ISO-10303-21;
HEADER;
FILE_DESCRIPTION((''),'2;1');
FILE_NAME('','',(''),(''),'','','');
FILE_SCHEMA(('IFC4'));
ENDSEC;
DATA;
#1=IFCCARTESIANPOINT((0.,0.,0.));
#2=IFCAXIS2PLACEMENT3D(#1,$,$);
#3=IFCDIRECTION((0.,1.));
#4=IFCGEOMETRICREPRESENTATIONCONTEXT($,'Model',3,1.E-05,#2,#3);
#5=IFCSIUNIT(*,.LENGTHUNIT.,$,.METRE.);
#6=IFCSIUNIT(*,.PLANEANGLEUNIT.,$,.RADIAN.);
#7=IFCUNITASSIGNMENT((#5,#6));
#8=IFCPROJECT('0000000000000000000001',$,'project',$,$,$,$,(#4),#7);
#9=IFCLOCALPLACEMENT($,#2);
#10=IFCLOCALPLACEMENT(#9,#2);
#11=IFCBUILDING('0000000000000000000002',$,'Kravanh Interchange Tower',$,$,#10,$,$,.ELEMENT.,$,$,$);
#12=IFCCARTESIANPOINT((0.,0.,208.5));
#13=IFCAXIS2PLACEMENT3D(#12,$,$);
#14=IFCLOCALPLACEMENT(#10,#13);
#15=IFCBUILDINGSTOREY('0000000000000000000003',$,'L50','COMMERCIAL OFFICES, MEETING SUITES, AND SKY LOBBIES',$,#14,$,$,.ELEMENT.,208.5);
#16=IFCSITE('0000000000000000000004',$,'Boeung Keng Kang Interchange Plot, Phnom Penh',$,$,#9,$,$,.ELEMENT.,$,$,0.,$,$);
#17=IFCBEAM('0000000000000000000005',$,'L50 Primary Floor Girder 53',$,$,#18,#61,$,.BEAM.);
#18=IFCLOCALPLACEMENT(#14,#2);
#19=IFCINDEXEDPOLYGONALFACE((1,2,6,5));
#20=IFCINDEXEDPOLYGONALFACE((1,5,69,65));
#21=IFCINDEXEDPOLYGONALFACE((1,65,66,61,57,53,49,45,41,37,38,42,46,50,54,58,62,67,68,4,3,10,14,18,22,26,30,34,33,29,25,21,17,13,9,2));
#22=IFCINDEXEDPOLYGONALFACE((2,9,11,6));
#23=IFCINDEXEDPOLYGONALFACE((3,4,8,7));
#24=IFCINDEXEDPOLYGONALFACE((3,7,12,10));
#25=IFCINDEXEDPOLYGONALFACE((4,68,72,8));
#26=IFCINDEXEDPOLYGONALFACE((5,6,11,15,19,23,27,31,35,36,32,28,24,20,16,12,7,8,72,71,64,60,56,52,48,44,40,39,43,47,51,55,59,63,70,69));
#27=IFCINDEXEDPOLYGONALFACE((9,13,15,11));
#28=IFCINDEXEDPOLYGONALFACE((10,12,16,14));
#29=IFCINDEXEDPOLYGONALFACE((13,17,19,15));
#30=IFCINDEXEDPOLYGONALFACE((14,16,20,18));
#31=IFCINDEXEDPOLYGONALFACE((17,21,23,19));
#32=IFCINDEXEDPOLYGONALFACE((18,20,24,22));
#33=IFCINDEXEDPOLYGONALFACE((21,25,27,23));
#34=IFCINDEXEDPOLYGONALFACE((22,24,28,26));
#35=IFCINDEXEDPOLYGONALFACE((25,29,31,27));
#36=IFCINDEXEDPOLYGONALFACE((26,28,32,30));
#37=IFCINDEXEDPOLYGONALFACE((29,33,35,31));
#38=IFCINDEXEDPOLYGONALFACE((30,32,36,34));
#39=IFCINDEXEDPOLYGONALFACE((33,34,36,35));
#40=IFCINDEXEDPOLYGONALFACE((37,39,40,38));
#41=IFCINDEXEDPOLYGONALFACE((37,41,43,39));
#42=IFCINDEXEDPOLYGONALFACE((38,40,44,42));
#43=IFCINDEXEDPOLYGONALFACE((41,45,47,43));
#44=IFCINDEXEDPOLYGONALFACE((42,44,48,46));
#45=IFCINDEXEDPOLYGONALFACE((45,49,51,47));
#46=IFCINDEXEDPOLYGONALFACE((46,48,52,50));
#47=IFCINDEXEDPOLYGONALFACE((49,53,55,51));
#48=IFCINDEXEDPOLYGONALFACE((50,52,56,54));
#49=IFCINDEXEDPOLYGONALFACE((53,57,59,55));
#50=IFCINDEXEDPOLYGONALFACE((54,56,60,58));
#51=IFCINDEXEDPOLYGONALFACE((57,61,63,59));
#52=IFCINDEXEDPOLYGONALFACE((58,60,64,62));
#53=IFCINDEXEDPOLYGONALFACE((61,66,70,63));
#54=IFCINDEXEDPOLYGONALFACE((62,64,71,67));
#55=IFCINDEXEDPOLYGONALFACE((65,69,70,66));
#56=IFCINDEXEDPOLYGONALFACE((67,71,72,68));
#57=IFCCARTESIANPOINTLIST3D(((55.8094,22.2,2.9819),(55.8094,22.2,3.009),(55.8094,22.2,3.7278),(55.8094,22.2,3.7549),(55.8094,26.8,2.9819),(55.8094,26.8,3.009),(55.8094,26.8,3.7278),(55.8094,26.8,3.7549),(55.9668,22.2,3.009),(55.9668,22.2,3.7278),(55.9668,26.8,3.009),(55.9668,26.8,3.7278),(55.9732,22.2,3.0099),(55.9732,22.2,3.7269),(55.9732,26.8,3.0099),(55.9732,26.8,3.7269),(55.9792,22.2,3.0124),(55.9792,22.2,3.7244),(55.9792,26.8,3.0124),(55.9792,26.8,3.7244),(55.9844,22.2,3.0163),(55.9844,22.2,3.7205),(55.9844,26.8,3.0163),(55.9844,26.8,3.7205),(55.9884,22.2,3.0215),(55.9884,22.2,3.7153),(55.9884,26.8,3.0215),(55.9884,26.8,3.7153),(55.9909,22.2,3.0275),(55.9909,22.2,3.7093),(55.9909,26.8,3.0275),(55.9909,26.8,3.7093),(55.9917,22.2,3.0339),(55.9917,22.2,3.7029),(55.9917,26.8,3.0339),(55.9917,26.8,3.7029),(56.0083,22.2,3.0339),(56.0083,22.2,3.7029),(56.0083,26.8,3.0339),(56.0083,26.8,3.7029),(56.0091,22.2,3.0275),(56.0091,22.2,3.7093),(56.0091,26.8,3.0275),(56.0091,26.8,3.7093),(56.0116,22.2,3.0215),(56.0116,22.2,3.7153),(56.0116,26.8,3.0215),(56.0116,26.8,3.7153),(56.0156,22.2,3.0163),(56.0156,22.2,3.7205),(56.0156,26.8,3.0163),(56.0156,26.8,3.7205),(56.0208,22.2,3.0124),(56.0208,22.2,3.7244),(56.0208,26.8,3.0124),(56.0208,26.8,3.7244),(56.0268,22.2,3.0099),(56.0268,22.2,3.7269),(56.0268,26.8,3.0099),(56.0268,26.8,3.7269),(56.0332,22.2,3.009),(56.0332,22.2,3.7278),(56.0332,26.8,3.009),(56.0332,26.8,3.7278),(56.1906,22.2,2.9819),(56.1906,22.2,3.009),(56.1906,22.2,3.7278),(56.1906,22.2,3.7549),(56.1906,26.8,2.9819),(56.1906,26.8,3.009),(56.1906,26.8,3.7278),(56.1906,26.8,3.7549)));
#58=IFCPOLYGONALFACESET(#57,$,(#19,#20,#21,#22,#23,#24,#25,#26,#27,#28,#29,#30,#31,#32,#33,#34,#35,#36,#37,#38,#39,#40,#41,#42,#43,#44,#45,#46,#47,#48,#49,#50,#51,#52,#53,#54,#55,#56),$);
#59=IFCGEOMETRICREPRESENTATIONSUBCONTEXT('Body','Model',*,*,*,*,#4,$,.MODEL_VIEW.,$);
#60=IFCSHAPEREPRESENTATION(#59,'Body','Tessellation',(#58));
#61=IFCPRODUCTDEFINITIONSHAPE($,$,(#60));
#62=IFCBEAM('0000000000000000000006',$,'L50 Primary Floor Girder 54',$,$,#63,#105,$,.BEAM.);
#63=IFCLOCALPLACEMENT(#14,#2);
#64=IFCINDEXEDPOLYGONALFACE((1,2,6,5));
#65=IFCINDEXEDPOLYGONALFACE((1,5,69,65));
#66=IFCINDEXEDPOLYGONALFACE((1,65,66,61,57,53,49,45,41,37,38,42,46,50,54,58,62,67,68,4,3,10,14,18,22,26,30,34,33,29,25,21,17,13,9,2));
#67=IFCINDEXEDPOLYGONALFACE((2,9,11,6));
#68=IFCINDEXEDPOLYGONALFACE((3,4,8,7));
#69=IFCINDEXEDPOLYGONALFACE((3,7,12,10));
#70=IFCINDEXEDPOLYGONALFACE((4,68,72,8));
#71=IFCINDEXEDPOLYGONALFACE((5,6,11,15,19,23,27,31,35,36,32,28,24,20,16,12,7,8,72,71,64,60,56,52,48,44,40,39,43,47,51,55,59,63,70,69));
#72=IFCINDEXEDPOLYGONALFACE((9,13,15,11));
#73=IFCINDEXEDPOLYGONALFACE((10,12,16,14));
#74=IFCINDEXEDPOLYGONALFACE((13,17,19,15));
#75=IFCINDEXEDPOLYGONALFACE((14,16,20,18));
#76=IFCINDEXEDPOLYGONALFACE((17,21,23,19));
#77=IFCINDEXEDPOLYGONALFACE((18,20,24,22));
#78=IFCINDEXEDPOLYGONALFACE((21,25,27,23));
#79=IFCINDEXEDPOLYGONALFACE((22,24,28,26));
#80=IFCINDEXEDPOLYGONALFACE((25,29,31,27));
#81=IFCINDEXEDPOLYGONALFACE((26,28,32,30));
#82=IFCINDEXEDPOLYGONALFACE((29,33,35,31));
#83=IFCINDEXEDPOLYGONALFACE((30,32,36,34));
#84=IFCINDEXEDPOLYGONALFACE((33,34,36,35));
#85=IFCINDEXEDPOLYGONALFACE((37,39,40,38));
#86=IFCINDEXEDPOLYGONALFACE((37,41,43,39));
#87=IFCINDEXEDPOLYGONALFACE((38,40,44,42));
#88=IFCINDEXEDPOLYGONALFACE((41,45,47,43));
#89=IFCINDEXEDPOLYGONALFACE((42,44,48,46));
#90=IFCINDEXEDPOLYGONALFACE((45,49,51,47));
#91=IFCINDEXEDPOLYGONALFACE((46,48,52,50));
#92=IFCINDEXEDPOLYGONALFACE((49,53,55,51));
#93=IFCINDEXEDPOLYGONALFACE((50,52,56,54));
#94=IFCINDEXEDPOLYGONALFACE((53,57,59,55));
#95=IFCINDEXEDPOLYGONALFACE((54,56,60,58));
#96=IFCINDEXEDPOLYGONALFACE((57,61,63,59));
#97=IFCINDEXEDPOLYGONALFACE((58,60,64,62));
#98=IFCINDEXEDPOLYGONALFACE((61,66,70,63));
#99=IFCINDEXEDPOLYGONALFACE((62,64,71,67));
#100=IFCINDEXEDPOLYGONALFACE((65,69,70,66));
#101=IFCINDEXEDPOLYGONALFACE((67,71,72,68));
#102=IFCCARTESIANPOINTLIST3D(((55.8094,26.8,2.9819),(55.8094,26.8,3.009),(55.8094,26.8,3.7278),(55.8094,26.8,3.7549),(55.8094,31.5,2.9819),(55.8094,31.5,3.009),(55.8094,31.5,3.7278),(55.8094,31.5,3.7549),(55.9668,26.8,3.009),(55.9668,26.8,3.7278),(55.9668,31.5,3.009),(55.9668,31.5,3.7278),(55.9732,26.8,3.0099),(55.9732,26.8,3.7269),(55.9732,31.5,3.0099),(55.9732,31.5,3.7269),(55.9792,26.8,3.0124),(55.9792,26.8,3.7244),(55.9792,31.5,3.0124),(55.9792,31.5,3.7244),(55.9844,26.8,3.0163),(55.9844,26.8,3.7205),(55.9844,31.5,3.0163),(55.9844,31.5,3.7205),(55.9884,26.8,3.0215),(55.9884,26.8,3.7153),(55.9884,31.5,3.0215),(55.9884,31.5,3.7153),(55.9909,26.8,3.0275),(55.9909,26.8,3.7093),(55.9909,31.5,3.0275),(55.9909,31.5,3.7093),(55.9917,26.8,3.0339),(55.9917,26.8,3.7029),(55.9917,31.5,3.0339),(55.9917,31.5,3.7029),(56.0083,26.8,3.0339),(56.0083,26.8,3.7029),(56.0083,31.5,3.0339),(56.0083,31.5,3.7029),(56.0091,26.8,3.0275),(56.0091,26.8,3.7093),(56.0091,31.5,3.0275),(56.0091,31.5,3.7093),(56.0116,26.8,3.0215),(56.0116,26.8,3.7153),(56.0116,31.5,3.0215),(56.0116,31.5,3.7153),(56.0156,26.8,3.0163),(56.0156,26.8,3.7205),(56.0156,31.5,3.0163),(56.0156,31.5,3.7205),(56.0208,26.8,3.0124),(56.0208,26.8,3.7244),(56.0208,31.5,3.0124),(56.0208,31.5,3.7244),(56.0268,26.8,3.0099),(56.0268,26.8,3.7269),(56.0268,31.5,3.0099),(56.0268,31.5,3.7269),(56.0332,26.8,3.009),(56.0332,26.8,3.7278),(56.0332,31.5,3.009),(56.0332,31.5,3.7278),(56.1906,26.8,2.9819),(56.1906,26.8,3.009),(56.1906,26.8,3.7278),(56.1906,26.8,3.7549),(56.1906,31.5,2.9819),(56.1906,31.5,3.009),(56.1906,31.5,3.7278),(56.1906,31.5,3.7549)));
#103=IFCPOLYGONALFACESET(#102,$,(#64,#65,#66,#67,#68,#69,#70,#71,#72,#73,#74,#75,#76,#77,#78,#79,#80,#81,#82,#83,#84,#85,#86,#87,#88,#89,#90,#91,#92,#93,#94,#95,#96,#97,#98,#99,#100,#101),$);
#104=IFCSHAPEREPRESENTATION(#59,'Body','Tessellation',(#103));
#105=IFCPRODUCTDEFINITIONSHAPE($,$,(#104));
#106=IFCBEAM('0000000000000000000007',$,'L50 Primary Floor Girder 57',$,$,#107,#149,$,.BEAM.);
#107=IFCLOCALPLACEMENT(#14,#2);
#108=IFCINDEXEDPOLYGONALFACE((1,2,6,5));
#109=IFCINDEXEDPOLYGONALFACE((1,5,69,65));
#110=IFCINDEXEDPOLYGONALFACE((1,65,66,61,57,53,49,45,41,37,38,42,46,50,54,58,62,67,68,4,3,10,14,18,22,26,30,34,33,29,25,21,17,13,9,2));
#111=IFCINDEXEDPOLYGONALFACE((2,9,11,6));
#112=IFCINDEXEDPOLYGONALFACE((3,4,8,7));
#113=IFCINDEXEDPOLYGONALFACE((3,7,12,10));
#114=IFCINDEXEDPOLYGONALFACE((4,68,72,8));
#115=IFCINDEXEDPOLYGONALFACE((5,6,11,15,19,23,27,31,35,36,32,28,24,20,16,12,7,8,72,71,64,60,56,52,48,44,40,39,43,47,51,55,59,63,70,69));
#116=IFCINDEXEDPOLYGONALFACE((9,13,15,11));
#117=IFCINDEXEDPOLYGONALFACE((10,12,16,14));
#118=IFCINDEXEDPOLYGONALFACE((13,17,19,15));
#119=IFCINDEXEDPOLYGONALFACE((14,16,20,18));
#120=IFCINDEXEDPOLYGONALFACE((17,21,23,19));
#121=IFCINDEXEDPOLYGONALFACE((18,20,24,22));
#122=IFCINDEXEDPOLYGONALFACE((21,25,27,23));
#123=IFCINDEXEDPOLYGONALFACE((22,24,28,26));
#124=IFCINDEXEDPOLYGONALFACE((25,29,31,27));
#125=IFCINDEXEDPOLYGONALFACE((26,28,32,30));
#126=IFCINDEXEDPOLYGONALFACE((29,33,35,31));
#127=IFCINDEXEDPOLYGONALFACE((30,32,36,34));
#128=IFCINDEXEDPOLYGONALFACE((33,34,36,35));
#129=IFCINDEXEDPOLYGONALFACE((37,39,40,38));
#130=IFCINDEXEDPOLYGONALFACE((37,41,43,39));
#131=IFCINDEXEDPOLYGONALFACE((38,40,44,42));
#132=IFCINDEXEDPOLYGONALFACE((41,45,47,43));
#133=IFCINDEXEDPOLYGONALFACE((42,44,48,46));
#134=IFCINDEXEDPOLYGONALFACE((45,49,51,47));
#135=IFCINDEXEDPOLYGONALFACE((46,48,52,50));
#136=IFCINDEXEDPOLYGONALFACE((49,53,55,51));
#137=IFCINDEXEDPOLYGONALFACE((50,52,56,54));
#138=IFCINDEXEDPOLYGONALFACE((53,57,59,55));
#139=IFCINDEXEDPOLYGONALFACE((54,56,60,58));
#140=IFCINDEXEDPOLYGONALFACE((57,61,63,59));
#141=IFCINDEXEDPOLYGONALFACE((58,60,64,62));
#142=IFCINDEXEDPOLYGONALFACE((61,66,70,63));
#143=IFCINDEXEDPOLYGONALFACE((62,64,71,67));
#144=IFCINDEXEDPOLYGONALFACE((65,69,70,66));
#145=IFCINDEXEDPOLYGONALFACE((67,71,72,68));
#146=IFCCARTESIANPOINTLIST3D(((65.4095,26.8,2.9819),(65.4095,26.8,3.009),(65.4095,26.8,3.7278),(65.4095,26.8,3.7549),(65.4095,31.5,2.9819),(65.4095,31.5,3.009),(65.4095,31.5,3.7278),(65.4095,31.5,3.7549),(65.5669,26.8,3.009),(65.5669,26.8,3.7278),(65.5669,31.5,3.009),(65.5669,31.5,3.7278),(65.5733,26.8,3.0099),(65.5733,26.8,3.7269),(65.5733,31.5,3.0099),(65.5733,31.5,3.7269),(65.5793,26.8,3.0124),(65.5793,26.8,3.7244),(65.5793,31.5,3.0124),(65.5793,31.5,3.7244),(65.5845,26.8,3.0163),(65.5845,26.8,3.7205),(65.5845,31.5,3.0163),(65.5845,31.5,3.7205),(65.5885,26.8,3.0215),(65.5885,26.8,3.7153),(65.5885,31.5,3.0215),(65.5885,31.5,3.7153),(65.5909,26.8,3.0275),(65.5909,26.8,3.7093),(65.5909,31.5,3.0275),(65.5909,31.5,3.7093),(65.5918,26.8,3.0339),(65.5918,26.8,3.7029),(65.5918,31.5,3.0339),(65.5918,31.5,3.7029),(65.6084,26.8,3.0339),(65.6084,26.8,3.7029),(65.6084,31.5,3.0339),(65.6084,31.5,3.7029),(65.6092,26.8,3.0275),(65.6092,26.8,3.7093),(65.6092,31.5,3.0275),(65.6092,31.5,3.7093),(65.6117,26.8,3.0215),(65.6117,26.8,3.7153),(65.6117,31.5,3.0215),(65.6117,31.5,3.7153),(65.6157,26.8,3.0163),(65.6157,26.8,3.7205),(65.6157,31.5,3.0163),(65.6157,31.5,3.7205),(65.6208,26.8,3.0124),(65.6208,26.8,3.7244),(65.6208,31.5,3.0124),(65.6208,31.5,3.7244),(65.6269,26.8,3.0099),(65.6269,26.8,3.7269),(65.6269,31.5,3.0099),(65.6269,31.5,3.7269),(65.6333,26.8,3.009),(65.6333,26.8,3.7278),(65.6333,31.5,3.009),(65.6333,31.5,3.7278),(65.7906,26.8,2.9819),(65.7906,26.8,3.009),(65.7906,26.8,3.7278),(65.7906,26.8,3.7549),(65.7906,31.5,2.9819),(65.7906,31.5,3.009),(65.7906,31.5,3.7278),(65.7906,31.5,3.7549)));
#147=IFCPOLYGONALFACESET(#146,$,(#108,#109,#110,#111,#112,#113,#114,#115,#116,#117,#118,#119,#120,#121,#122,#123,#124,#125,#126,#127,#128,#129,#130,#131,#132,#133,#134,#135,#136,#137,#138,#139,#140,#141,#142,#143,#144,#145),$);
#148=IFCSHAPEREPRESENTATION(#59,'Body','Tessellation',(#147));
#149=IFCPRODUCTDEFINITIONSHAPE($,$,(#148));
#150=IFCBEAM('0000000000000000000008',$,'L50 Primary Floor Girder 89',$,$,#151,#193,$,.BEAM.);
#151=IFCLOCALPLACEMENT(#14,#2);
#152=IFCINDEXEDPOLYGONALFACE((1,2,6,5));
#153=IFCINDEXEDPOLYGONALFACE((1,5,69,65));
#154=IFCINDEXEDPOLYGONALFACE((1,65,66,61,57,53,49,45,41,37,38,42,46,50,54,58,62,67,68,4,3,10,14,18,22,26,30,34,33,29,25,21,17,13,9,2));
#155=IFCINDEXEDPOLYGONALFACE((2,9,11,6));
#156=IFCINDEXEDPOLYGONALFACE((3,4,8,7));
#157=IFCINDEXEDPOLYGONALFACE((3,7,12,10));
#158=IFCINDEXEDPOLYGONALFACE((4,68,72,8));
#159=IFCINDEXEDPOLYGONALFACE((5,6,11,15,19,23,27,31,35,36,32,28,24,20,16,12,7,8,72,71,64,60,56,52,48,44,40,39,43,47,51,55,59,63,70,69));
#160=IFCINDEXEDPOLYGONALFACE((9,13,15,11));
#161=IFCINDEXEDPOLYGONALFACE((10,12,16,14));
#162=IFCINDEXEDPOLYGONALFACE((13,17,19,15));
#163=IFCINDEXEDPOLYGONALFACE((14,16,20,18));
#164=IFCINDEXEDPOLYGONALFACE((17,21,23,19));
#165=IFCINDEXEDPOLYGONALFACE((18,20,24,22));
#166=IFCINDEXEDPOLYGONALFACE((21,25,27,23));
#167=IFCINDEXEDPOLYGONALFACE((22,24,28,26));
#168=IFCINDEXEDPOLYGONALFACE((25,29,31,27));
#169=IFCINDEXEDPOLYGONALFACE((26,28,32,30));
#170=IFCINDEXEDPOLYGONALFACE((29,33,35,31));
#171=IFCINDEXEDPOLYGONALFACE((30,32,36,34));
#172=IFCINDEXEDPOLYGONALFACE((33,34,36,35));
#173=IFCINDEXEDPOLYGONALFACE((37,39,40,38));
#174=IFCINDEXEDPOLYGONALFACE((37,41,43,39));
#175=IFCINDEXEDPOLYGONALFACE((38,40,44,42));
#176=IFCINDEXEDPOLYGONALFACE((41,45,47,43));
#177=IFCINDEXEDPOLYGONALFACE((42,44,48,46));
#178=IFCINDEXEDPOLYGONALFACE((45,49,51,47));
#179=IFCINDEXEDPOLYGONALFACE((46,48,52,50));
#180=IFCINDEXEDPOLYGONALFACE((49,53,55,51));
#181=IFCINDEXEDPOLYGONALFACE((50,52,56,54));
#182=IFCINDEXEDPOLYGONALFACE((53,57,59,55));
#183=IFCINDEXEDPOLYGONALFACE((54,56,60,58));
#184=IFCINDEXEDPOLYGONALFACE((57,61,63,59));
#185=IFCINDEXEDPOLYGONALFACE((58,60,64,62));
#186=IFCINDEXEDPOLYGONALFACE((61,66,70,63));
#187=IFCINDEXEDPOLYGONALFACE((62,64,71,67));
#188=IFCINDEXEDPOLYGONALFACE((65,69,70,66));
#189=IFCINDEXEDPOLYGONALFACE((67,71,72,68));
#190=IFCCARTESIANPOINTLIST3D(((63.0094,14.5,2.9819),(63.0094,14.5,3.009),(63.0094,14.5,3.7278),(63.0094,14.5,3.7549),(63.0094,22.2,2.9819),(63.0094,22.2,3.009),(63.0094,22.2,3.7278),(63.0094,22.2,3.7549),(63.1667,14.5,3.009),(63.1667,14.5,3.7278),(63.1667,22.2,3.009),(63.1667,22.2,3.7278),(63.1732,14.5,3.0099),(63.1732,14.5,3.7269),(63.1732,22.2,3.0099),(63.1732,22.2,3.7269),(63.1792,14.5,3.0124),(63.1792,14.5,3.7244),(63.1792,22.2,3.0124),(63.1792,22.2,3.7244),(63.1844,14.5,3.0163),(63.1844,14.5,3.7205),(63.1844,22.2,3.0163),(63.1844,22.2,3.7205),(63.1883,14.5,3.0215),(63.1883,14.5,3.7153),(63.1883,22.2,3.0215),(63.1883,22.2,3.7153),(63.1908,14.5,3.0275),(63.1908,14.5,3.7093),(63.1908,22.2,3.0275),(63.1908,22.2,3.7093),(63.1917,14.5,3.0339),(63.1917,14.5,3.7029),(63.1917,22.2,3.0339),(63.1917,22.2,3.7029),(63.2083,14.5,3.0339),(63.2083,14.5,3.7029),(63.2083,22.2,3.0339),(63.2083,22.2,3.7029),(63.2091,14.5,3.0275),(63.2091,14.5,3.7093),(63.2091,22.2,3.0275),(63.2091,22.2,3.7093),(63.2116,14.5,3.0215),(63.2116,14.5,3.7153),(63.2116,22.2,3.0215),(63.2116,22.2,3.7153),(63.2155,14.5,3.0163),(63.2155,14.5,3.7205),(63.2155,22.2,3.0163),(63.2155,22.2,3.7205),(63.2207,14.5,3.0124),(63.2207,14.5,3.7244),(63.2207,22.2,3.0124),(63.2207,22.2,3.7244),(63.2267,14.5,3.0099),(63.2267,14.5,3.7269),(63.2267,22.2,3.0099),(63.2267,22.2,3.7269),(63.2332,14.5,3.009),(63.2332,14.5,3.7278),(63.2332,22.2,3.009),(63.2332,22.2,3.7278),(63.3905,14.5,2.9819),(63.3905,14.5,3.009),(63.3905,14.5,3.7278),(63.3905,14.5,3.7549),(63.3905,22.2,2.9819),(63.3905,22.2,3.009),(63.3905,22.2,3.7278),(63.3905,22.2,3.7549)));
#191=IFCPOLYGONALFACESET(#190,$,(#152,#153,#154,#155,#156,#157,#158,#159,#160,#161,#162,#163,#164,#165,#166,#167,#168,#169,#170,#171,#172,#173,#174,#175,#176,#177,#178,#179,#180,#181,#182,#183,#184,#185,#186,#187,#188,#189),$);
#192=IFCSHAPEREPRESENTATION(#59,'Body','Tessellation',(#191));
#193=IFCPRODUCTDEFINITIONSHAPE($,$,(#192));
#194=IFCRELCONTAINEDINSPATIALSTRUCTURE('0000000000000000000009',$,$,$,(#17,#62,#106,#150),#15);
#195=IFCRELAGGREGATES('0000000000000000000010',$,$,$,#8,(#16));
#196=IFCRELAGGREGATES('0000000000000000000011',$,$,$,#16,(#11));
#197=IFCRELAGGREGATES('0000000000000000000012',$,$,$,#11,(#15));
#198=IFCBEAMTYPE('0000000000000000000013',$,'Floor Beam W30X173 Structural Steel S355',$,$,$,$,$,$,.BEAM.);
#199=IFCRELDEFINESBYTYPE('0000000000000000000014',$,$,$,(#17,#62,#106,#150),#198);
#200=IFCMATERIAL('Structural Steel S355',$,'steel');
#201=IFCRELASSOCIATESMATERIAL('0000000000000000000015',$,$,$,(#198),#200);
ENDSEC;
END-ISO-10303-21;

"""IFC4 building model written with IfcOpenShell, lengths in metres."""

from ifc_helpers import new_model, si_unit, direction, frame, origin, origin_2d, place, context, subcontext, project, spatial, i_section, extrude, material, material_profile, profile_set, type_object, element, save


model = new_model("IFC4")

# Units and contexts
model_context = context("Model", 3, precision=1e-05, world=origin(), true_north=direction((0.0, 1.0)))
body_context = subcontext(model_context, "Body", "Model", "MODEL_VIEW")
ifc_project = project(units=[si_unit("LENGTHUNIT", "METRE"), si_unit("PLANEANGLEUNIT", "RADIAN")], contexts=[model_context])

# Site, building, storey
site_placement = place(None, origin())
site = spatial("IfcSite", under=ifc_project, at=site_placement, Name="Boeung Keng Kang Interchange Plot, Phnom Penh", CompositionType="ELEMENT", RefElevation=0.0)
building_placement = place(site_placement, origin())
building = spatial("IfcBuilding", under=site, at=building_placement, Name="Kravanh Interchange Tower", CompositionType="ELEMENT")
storey_placement = place(building_placement, frame((0.0, 0.0, 208.5)))
storey = spatial("IfcBuildingStorey", under=building, at=storey_placement, Name="L50", Description="COMMERCIAL OFFICES, MEETING SUITES, AND SKY LOBBIES", CompositionType="ELEMENT", Elevation=208.5)

# Beams
ifc_material_1 = material(Name="Structural Steel S355", Category="steel")
ifc_material_profile_1 = material_profile(ifc_material_1, i_section(OverallWidth=0.3811, OverallDepth=0.7729, WebThickness=0.0166, FlangeThickness=0.0271, FilletRadius=0.0249, at=origin_2d()), Name="W30X173")
ifc_profile_set_1 = profile_set([ifc_material_profile_1], Name="Structural Steel S355")
beam_type_1 = type_object("IfcBeamType", Name="Floor Beam W30X173 Structural Steel S355", PredefinedType="BEAM", material=ifc_profile_set_1)
beam_1_placement = place(storey_placement, frame((56.0, 26.8, 3.3684), z_axis=(0.0, -1.0, 0.0), x_axis=(1.0, 0.0, 0.0)))
element("IfcBeam", 1, at=beam_1_placement, inside=storey, type_object=beam_type_1, Name="L50 Primary Floor Girder 53", PredefinedType="BEAM", context=body_context, shape_type="SweptSolid", body=[
    extrude(i_section(OverallWidth=0.3811, OverallDepth=0.7729, WebThickness=0.0166, FlangeThickness=0.0271, FilletRadius=0.0249, at=origin_2d()), origin(), (0.0, 0.0, 1.0), 4.6001),
])
for number, where, z_axis, x_axis, name in (
    (2, (56.0, 26.8, 3.3684), (0.0, 1.0, 0.0), (-1.0, 0.0, 0.0), "L50 Primary Floor Girder 54"),
    (3, (65.6001, 26.8, 3.3684), (0.0, 1.0, 0.0), (-1.0, 0.0, 0.0), "L50 Primary Floor Girder 57"),
):
    element("IfcBeam", number, at=place(storey_placement, frame(where, z_axis=z_axis, x_axis=x_axis)), inside=storey, type_object=beam_type_1, Name=name, PredefinedType="BEAM", context=body_context, shape_type="SweptSolid", body=[
        extrude(i_section(OverallWidth=0.3811, OverallDepth=0.7729, WebThickness=0.0166, FlangeThickness=0.0271, FilletRadius=0.0249, at=origin_2d()), origin(), (0.0, 0.0, 1.0), 4.7),
    ])
beam_2_placement = place(storey_placement, frame((63.2, 14.5, 3.3684), z_axis=(0.0, 1.0, 0.0), x_axis=(-1.0, 0.0, 0.0)))
element("IfcBeam", 4, at=beam_2_placement, inside=storey, type_object=beam_type_1, Name="L50 Primary Floor Girder 89", PredefinedType="BEAM", context=body_context, shape_type="SweptSolid", body=[
    extrude(i_section(OverallWidth=0.3811, OverallDepth=0.7729, WebThickness=0.0166, FlangeThickness=0.0271, FilletRadius=0.0249, at=origin_2d()), origin(), (0.0, 0.0, 1.0), 7.7),
])

save(model, "model.ifc")
